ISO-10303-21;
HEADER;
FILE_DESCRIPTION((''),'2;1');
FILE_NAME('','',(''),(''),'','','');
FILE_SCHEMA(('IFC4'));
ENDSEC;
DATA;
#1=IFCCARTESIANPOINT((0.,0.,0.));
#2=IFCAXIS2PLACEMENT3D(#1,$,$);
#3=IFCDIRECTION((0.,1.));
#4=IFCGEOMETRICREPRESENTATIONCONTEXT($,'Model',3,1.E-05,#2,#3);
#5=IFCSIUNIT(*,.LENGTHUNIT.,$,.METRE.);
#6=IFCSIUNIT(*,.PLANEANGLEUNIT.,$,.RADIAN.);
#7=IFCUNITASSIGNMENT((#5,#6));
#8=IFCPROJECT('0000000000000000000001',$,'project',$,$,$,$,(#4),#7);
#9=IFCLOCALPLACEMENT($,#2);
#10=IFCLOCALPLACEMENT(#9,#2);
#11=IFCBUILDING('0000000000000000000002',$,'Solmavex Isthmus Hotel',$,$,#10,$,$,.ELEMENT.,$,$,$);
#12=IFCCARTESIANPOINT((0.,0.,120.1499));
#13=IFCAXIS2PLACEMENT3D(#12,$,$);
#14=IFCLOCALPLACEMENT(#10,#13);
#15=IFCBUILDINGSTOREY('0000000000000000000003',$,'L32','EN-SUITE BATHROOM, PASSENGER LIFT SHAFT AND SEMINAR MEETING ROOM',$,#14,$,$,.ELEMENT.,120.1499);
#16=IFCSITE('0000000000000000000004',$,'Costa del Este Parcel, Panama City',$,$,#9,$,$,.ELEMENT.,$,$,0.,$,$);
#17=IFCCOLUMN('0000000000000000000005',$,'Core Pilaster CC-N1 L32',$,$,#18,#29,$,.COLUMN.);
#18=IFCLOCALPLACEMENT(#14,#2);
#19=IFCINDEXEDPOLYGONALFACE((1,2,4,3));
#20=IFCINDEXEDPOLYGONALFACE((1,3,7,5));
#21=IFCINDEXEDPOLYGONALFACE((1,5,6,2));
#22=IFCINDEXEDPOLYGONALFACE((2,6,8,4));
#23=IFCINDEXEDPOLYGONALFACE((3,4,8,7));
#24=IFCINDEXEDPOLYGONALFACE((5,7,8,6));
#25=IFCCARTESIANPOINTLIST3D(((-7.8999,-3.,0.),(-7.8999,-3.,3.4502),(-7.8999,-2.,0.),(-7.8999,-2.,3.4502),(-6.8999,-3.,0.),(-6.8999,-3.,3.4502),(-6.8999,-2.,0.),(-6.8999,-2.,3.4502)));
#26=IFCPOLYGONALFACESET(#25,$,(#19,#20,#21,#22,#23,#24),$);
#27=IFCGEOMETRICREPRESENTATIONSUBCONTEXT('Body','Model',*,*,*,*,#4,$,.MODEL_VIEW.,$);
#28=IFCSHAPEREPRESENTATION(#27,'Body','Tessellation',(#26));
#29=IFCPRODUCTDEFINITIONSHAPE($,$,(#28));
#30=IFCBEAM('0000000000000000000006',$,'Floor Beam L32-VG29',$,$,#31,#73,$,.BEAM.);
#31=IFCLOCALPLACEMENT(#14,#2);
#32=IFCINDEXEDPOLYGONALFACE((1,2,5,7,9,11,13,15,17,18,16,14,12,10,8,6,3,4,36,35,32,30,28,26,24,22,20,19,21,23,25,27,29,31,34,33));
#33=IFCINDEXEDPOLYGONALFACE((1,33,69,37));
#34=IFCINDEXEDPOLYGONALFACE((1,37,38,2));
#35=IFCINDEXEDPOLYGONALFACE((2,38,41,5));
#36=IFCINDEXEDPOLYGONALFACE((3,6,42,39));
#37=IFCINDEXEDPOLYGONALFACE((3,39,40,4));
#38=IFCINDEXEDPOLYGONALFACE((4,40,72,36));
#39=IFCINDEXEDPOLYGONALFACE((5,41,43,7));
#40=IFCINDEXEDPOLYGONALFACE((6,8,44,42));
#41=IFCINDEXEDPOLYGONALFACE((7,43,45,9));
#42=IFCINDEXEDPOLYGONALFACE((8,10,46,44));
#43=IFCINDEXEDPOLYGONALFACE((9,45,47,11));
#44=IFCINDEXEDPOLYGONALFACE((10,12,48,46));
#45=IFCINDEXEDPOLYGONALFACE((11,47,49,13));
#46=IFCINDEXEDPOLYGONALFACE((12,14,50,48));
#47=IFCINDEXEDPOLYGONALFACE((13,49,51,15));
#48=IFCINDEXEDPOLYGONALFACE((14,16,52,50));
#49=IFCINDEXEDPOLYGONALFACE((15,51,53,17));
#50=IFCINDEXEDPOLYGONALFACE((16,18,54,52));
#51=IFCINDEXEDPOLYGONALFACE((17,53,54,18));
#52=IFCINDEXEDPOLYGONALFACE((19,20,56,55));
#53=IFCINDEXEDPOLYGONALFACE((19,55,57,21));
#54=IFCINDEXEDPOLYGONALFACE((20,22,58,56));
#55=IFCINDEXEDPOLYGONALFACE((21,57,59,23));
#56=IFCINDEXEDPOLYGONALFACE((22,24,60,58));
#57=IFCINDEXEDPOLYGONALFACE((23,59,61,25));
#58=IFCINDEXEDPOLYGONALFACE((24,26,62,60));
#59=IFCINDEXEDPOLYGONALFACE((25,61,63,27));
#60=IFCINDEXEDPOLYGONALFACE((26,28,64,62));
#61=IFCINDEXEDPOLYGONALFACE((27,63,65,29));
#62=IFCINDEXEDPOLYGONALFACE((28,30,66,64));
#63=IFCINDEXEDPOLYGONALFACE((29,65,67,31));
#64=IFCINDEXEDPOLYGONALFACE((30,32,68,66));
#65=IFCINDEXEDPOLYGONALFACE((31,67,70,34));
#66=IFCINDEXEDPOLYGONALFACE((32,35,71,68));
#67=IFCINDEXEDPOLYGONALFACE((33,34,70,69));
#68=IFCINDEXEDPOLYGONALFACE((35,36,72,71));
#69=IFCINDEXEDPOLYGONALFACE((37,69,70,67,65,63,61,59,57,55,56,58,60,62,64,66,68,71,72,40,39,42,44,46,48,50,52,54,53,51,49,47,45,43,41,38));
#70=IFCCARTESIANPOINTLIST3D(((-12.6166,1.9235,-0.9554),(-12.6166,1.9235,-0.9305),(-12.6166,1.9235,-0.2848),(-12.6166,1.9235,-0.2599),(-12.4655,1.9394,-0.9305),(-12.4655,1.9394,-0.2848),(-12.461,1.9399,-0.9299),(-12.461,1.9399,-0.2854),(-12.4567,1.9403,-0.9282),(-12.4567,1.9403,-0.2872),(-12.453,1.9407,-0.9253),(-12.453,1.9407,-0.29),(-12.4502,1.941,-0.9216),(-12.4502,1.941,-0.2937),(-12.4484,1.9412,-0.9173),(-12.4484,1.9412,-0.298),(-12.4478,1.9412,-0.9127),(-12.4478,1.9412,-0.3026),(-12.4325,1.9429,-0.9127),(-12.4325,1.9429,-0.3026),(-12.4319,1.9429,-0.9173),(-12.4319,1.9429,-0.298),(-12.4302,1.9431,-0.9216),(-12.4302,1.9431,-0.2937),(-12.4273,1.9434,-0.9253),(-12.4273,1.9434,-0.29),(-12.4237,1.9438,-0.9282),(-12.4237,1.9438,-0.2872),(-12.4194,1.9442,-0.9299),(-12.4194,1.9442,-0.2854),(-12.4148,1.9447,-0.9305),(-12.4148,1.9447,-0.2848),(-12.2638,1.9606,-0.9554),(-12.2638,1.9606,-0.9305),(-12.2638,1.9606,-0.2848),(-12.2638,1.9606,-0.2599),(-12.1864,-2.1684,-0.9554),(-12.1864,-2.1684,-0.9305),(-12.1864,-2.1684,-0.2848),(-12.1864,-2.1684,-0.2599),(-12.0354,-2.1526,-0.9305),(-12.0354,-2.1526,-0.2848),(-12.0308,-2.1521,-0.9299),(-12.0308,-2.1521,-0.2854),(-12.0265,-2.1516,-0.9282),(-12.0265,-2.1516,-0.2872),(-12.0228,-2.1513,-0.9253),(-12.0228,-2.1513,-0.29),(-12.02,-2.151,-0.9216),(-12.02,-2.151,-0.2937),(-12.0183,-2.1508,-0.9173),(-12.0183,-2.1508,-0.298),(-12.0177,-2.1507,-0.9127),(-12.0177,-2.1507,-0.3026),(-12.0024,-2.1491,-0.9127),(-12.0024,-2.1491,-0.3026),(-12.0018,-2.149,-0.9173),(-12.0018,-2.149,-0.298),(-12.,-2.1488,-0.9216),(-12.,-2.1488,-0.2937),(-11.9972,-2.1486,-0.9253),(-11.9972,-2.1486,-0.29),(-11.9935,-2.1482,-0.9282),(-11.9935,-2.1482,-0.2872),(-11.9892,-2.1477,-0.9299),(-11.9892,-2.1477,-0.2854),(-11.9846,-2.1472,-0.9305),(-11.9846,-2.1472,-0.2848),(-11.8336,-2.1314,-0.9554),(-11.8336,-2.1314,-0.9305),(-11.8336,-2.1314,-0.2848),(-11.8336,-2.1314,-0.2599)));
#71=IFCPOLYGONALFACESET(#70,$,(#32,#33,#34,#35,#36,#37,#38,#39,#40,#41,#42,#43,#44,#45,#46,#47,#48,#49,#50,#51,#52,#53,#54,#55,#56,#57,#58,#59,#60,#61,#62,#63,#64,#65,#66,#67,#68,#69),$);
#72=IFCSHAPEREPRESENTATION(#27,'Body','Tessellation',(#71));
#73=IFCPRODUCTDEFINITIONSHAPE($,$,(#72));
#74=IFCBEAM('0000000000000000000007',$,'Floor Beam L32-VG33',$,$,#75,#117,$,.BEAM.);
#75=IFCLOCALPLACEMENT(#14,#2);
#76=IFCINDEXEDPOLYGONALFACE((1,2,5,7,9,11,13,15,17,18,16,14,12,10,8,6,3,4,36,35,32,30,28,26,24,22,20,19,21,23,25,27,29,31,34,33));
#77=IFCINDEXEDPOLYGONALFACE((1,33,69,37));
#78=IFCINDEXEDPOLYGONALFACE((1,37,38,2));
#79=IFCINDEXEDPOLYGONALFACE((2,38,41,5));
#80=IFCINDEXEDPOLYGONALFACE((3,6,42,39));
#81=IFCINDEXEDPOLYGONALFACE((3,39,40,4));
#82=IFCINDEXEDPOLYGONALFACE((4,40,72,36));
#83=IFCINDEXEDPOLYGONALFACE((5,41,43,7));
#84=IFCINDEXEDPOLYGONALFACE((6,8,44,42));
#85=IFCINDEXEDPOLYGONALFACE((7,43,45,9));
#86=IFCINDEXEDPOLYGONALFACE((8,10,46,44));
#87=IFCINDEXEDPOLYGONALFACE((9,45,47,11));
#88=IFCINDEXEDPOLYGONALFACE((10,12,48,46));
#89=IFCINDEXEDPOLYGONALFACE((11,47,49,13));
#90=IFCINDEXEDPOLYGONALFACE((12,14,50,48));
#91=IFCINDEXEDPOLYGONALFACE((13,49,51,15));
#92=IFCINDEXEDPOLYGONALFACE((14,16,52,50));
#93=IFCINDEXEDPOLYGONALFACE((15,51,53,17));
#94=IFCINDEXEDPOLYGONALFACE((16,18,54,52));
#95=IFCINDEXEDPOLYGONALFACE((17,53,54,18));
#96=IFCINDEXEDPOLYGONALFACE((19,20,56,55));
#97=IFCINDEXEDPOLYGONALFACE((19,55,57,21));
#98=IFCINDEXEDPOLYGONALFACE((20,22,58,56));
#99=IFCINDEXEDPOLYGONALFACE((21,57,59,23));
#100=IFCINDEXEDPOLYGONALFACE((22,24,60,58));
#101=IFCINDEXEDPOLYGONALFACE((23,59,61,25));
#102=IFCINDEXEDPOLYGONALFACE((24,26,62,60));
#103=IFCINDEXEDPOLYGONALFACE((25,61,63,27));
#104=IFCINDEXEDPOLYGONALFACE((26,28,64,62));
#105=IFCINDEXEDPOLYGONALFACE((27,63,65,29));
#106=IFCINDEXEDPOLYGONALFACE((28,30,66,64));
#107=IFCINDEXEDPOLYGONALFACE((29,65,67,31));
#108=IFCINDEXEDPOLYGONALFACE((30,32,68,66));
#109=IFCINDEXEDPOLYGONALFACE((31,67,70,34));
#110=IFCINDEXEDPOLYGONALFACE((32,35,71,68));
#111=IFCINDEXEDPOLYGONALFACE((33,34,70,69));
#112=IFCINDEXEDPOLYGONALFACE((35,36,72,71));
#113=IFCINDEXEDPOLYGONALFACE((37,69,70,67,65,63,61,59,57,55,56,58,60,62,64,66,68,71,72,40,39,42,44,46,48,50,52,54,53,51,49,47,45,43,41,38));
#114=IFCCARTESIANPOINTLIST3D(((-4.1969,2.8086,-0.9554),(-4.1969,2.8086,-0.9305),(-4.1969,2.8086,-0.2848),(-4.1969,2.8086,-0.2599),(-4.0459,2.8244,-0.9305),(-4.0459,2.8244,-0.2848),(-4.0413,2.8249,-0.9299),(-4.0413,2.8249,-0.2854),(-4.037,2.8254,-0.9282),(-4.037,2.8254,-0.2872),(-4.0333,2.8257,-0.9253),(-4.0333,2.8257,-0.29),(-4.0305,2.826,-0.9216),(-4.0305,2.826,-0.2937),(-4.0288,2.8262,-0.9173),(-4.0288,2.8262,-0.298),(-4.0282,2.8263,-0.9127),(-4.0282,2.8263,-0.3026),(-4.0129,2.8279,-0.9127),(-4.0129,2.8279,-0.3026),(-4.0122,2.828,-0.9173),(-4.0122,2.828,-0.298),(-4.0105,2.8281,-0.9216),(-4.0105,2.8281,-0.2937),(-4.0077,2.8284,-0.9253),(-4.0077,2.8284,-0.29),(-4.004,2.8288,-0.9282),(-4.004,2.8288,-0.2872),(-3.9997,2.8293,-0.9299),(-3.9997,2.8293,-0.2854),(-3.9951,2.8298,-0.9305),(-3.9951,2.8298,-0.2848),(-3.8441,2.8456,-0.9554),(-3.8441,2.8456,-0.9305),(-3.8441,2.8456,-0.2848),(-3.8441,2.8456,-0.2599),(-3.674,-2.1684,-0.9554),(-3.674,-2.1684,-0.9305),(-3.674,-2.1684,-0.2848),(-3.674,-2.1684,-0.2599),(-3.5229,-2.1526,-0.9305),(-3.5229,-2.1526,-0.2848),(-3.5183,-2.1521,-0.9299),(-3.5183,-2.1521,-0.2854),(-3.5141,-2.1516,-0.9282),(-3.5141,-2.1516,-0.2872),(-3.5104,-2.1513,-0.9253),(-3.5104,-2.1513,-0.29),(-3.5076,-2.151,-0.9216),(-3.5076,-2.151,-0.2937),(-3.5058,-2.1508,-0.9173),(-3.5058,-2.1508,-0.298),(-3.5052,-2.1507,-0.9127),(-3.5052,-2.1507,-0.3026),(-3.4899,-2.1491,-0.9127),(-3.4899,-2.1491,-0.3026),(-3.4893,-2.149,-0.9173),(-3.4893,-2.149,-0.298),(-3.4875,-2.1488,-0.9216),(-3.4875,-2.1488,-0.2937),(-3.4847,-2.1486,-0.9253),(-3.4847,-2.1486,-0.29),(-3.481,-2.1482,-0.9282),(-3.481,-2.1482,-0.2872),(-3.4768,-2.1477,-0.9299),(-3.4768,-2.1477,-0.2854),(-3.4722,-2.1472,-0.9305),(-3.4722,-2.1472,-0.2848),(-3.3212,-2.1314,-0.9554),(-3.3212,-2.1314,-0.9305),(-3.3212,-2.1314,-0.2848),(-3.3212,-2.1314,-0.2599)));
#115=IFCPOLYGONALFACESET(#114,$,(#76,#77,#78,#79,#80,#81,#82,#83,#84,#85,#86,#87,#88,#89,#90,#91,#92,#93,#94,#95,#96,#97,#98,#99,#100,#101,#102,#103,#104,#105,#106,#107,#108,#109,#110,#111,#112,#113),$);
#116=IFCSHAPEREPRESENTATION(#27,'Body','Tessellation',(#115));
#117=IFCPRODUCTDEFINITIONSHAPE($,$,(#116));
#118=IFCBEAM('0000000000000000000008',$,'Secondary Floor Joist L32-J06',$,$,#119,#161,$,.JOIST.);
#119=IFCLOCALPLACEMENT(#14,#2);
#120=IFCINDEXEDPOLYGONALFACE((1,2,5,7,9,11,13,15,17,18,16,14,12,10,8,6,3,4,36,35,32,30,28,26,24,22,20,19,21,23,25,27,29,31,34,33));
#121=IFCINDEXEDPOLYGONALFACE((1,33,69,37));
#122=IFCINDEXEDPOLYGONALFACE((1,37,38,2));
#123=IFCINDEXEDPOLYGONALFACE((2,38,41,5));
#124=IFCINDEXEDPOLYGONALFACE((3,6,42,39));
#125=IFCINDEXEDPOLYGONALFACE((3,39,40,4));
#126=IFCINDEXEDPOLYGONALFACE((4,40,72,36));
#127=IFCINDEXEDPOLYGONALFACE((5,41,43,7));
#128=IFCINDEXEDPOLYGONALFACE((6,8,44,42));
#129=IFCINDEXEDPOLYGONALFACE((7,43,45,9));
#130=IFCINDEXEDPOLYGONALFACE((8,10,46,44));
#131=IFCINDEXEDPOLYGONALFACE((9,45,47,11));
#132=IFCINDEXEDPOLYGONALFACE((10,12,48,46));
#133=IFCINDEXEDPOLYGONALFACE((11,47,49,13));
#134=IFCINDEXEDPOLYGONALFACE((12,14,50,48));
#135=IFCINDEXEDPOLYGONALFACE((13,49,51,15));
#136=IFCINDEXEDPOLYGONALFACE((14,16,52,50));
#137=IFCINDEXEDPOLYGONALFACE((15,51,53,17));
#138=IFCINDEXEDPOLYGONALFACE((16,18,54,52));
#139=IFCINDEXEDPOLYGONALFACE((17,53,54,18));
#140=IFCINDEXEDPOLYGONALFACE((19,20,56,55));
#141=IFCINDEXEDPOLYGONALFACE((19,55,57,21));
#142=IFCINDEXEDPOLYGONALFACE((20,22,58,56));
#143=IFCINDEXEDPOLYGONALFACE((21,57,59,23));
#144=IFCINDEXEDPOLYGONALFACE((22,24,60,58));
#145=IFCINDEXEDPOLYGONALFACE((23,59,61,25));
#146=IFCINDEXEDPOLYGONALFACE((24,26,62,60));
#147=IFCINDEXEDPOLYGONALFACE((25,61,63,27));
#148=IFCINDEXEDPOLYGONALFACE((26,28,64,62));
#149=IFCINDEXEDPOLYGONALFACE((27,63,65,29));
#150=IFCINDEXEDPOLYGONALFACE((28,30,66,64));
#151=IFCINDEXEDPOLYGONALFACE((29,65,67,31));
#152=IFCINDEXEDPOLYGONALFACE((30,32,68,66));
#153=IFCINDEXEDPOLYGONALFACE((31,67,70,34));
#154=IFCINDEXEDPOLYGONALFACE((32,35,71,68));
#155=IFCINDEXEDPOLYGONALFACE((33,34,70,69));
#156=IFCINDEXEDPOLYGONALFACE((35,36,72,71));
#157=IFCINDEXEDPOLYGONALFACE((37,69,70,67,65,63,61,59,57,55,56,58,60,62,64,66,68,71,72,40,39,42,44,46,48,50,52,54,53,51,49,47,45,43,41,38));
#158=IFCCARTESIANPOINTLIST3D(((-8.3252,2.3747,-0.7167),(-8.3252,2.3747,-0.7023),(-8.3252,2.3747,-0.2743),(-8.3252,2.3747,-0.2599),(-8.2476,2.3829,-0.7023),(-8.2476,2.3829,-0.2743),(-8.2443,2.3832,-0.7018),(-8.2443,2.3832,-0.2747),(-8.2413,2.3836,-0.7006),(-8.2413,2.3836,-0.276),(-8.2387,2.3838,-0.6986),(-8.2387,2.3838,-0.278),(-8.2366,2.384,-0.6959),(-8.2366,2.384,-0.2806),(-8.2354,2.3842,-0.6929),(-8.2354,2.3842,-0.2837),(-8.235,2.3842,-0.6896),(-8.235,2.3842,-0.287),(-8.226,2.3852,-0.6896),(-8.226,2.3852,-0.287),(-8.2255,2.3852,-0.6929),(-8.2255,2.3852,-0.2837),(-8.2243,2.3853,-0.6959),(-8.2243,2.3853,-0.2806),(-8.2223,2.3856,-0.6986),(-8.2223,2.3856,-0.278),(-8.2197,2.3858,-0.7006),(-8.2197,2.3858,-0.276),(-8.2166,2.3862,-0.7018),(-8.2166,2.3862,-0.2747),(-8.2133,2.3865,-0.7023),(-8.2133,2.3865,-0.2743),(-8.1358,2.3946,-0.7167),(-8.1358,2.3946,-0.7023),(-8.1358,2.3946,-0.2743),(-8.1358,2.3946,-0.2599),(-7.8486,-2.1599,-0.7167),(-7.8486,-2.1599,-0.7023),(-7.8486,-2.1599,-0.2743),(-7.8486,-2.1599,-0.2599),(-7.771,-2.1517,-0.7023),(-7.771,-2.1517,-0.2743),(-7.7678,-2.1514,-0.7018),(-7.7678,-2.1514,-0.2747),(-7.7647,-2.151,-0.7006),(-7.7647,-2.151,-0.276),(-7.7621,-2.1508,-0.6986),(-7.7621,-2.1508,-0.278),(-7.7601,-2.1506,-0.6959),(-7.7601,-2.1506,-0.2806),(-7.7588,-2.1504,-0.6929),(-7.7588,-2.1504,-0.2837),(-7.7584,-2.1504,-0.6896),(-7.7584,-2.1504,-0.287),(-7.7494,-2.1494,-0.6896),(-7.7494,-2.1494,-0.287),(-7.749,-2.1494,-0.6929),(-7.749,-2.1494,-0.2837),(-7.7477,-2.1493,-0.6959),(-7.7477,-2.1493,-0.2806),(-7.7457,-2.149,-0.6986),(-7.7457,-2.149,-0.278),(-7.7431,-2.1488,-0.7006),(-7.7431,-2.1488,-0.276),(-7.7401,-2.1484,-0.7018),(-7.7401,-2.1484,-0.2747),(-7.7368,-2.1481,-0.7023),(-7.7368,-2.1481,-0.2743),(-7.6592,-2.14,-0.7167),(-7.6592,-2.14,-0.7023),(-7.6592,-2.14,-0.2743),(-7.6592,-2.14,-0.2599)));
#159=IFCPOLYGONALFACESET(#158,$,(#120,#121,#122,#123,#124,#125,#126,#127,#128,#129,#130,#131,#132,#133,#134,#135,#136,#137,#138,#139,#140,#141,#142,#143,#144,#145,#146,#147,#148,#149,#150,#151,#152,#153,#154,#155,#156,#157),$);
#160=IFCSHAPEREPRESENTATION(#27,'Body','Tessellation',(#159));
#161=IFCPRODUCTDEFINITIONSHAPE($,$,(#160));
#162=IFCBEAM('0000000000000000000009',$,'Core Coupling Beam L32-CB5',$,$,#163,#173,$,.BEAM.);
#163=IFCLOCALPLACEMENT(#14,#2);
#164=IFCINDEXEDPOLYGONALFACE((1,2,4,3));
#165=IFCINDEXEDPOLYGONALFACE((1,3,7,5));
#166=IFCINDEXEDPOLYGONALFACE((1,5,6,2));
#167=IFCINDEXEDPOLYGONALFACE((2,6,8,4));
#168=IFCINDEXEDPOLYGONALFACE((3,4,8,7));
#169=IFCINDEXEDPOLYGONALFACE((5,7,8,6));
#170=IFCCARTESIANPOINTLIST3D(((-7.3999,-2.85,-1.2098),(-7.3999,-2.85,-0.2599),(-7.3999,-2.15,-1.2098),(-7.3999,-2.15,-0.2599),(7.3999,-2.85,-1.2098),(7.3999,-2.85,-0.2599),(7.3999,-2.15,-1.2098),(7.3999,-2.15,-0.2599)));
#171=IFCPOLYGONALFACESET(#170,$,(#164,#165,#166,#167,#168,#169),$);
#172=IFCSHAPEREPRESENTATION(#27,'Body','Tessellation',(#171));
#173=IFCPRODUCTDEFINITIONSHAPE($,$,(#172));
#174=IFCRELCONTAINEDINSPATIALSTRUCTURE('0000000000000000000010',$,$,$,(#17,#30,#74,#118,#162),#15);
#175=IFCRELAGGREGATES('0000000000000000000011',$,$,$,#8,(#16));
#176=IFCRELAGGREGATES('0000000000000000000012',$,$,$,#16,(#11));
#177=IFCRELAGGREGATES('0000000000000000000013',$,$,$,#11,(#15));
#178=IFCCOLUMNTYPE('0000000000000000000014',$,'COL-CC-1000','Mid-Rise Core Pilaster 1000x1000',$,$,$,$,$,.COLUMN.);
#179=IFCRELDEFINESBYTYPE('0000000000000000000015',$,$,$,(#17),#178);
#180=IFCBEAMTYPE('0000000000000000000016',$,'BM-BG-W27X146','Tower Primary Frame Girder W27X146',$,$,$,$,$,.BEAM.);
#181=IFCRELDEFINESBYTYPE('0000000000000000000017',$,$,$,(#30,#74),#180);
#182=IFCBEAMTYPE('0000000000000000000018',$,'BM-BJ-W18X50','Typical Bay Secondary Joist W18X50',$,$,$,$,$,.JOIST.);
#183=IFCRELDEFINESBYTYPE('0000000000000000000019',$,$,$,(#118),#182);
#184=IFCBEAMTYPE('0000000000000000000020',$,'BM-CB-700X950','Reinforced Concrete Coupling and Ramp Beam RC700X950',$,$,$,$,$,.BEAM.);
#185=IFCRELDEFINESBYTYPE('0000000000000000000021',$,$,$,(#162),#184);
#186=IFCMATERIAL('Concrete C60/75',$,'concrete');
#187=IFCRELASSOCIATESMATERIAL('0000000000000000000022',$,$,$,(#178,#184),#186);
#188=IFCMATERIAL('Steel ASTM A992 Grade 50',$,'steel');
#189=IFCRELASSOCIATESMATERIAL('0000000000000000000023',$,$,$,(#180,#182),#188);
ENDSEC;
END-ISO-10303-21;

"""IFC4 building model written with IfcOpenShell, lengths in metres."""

from ifc_helpers import new_model, si_unit, direction, frame, origin, origin_2d, place, context, subcontext, project, spatial, rectangle, i_section, extrude, material, material_profile, profile_set, type_object, element, save


model = new_model("IFC4")

# Units and contexts
model_context = context("Model", 3, precision=1e-05, world=origin(), true_north=direction((0.0, 1.0)))
body_context = subcontext(model_context, "Body", "Model", "MODEL_VIEW")
ifc_project = project(units=[si_unit("LENGTHUNIT", "METRE"), si_unit("PLANEANGLEUNIT", "RADIAN")], contexts=[model_context])

# Site, building, storey
site_placement = place(None, origin())
site = spatial("IfcSite", under=ifc_project, at=site_placement, Name="Costa del Este Parcel, Panama City", CompositionType="ELEMENT", RefElevation=0.0)
building_placement = place(site_placement, origin())
building = spatial("IfcBuilding", under=site, at=building_placement, Name="Solmavex Isthmus Hotel", CompositionType="ELEMENT")
storey_placement = place(building_placement, frame((0.0, 0.0, 120.1499)))
storey = spatial("IfcBuildingStorey", under=building, at=storey_placement, Name="L32", Description="EN-SUITE BATHROOM, PASSENGER LIFT SHAFT AND SEMINAR MEETING ROOM", CompositionType="ELEMENT", Elevation=120.1499)

# Column
ifc_material_1 = material(Name="Concrete C60/75", Category="concrete")
ifc_material_profile_1 = material_profile(ifc_material_1, rectangle(XDim=1.0, YDim=1.0, at=origin_2d()), Name="RC1000X1000")
ifc_profile_set_1 = profile_set([ifc_material_profile_1], Name="Concrete C60/75")
column_type = type_object("IfcColumnType", Name="COL-CC-1000", Description="Mid-Rise Core Pilaster 1000x1000", PredefinedType="COLUMN", material=ifc_profile_set_1)
column_placement = place(storey_placement, frame((-7.3999, -2.5, 0.0), z_axis=(0.0, 0.0, 1.0), x_axis=(1.0, 0.0, 0.0)))
element("IfcColumn", 1, at=column_placement, inside=storey, type_object=column_type, Name="Core Pilaster CC-N1 L32", PredefinedType="COLUMN", context=body_context, shape_type="SweptSolid", body=[
    extrude(rectangle(XDim=1.0, YDim=1.0, at=origin_2d()), origin(), (0.0, 0.0, 1.0), 3.4502),
])

# Beams
ifc_material_2 = material(Name="Steel ASTM A992 Grade 50", Category="steel")
ifc_material_profile_2 = material_profile(ifc_material_2, i_section(OverallWidth=0.3547, OverallDepth=0.6956, WebThickness=0.0154, FlangeThickness=0.0249, FilletRadius=0.0178, at=origin_2d()), Name="W27X146")
ifc_profile_set_2 = profile_set([ifc_material_profile_2], Name="Steel ASTM A992 Grade 50")
beam_type_1 = type_object("IfcBeamType", Name="BM-BG-W27X146", Description="Tower Primary Frame Girder W27X146", PredefinedType="BEAM", material=ifc_profile_set_2)
beam_1_placement = place(storey_placement, frame((-12.01, -2.1499, -0.6077), z_axis=(-0.104549, 0.99452, 0.0), x_axis=(-0.99452, -0.104549, 0.0)))
element("IfcBeam", 2, at=beam_1_placement, inside=storey, type_object=beam_type_1, Name="Floor Beam L32-VG29", PredefinedType="BEAM", context=body_context, shape_type="SweptSolid", body=[
    extrude(i_section(OverallWidth=0.3547, OverallDepth=0.6956, WebThickness=0.0154, FlangeThickness=0.0249, FilletRadius=0.0178, at=origin_2d()), origin(), (0.0, 0.0, 1.0), 4.1145),
])
beam_2_placement = place(storey_placement, frame((-3.4976, -2.1499, -0.6077), z_axis=(-0.104497, 0.994525, 0.0), x_axis=(-0.994525, -0.104497, 0.0)))
element("IfcBeam", 3, at=beam_2_placement, inside=storey, type_object=beam_type_1, Name="Floor Beam L32-VG33", PredefinedType="BEAM", context=body_context, shape_type="SweptSolid", body=[
    extrude(i_section(OverallWidth=0.3547, OverallDepth=0.6956, WebThickness=0.0154, FlangeThickness=0.0249, FilletRadius=0.0178, at=origin_2d()), origin(), (0.0, 0.0, 1.0), 5.0044),
])
ifc_material_profile_3 = material_profile(ifc_material_2, i_section(OverallWidth=0.1904, OverallDepth=0.4568, WebThickness=0.009, FlangeThickness=0.0144, FilletRadius=0.0127, at=origin_2d()), Name="W18X50")
ifc_profile_set_3 = profile_set([ifc_material_profile_3], Name="Steel ASTM A992 Grade 50")
beam_type_2 = type_object("IfcBeamType", Name="BM-BJ-W18X50", Description="Typical Bay Secondary Joist W18X50", PredefinedType="JOIST", material=ifc_profile_set_3)
beam_3_placement = place(storey_placement, frame((-7.7539, -2.1499, -0.4883), z_axis=(-0.104518, 0.994523, 0.0), x_axis=(-0.994523, -0.104518, 0.0)))
element("IfcBeam", 4, at=beam_3_placement, inside=storey, type_object=beam_type_2, Name="Secondary Floor Joist L32-J06", PredefinedType="JOIST", context=body_context, shape_type="SweptSolid", body=[
    extrude(i_section(OverallWidth=0.1904, OverallDepth=0.4568, WebThickness=0.009, FlangeThickness=0.0144, FilletRadius=0.0127, at=origin_2d()), origin(), (0.0, 0.0, 1.0), 4.5596),
])
ifc_material_profile_4 = material_profile(ifc_material_1, rectangle(XDim=0.7, YDim=0.95, at=origin_2d()), Name="RC700X950")
ifc_profile_set_4 = profile_set([ifc_material_profile_4], Name="Concrete C60/75")
beam_type_3 = type_object("IfcBeamType", Name="BM-CB-700X950", Description="Reinforced Concrete Coupling and Ramp Beam RC700X950", PredefinedType="BEAM", material=ifc_profile_set_4)
beam_4_placement = place(storey_placement, frame((-7.3999, -2.5, -0.7349), z_axis=(1.0, 0.0, 0.0), x_axis=(0.0, 1.0, 0.0)))
element("IfcBeam", 5, at=beam_4_placement, inside=storey, type_object=beam_type_3, Name="Core Coupling Beam L32-CB5", PredefinedType="BEAM", context=body_context, shape_type="SweptSolid", body=[
    extrude(rectangle(XDim=0.7, YDim=0.95, at=origin_2d()), origin(), (0.0, 0.0, 1.0), 14.7998),
])

save(model, "model.ifc")
